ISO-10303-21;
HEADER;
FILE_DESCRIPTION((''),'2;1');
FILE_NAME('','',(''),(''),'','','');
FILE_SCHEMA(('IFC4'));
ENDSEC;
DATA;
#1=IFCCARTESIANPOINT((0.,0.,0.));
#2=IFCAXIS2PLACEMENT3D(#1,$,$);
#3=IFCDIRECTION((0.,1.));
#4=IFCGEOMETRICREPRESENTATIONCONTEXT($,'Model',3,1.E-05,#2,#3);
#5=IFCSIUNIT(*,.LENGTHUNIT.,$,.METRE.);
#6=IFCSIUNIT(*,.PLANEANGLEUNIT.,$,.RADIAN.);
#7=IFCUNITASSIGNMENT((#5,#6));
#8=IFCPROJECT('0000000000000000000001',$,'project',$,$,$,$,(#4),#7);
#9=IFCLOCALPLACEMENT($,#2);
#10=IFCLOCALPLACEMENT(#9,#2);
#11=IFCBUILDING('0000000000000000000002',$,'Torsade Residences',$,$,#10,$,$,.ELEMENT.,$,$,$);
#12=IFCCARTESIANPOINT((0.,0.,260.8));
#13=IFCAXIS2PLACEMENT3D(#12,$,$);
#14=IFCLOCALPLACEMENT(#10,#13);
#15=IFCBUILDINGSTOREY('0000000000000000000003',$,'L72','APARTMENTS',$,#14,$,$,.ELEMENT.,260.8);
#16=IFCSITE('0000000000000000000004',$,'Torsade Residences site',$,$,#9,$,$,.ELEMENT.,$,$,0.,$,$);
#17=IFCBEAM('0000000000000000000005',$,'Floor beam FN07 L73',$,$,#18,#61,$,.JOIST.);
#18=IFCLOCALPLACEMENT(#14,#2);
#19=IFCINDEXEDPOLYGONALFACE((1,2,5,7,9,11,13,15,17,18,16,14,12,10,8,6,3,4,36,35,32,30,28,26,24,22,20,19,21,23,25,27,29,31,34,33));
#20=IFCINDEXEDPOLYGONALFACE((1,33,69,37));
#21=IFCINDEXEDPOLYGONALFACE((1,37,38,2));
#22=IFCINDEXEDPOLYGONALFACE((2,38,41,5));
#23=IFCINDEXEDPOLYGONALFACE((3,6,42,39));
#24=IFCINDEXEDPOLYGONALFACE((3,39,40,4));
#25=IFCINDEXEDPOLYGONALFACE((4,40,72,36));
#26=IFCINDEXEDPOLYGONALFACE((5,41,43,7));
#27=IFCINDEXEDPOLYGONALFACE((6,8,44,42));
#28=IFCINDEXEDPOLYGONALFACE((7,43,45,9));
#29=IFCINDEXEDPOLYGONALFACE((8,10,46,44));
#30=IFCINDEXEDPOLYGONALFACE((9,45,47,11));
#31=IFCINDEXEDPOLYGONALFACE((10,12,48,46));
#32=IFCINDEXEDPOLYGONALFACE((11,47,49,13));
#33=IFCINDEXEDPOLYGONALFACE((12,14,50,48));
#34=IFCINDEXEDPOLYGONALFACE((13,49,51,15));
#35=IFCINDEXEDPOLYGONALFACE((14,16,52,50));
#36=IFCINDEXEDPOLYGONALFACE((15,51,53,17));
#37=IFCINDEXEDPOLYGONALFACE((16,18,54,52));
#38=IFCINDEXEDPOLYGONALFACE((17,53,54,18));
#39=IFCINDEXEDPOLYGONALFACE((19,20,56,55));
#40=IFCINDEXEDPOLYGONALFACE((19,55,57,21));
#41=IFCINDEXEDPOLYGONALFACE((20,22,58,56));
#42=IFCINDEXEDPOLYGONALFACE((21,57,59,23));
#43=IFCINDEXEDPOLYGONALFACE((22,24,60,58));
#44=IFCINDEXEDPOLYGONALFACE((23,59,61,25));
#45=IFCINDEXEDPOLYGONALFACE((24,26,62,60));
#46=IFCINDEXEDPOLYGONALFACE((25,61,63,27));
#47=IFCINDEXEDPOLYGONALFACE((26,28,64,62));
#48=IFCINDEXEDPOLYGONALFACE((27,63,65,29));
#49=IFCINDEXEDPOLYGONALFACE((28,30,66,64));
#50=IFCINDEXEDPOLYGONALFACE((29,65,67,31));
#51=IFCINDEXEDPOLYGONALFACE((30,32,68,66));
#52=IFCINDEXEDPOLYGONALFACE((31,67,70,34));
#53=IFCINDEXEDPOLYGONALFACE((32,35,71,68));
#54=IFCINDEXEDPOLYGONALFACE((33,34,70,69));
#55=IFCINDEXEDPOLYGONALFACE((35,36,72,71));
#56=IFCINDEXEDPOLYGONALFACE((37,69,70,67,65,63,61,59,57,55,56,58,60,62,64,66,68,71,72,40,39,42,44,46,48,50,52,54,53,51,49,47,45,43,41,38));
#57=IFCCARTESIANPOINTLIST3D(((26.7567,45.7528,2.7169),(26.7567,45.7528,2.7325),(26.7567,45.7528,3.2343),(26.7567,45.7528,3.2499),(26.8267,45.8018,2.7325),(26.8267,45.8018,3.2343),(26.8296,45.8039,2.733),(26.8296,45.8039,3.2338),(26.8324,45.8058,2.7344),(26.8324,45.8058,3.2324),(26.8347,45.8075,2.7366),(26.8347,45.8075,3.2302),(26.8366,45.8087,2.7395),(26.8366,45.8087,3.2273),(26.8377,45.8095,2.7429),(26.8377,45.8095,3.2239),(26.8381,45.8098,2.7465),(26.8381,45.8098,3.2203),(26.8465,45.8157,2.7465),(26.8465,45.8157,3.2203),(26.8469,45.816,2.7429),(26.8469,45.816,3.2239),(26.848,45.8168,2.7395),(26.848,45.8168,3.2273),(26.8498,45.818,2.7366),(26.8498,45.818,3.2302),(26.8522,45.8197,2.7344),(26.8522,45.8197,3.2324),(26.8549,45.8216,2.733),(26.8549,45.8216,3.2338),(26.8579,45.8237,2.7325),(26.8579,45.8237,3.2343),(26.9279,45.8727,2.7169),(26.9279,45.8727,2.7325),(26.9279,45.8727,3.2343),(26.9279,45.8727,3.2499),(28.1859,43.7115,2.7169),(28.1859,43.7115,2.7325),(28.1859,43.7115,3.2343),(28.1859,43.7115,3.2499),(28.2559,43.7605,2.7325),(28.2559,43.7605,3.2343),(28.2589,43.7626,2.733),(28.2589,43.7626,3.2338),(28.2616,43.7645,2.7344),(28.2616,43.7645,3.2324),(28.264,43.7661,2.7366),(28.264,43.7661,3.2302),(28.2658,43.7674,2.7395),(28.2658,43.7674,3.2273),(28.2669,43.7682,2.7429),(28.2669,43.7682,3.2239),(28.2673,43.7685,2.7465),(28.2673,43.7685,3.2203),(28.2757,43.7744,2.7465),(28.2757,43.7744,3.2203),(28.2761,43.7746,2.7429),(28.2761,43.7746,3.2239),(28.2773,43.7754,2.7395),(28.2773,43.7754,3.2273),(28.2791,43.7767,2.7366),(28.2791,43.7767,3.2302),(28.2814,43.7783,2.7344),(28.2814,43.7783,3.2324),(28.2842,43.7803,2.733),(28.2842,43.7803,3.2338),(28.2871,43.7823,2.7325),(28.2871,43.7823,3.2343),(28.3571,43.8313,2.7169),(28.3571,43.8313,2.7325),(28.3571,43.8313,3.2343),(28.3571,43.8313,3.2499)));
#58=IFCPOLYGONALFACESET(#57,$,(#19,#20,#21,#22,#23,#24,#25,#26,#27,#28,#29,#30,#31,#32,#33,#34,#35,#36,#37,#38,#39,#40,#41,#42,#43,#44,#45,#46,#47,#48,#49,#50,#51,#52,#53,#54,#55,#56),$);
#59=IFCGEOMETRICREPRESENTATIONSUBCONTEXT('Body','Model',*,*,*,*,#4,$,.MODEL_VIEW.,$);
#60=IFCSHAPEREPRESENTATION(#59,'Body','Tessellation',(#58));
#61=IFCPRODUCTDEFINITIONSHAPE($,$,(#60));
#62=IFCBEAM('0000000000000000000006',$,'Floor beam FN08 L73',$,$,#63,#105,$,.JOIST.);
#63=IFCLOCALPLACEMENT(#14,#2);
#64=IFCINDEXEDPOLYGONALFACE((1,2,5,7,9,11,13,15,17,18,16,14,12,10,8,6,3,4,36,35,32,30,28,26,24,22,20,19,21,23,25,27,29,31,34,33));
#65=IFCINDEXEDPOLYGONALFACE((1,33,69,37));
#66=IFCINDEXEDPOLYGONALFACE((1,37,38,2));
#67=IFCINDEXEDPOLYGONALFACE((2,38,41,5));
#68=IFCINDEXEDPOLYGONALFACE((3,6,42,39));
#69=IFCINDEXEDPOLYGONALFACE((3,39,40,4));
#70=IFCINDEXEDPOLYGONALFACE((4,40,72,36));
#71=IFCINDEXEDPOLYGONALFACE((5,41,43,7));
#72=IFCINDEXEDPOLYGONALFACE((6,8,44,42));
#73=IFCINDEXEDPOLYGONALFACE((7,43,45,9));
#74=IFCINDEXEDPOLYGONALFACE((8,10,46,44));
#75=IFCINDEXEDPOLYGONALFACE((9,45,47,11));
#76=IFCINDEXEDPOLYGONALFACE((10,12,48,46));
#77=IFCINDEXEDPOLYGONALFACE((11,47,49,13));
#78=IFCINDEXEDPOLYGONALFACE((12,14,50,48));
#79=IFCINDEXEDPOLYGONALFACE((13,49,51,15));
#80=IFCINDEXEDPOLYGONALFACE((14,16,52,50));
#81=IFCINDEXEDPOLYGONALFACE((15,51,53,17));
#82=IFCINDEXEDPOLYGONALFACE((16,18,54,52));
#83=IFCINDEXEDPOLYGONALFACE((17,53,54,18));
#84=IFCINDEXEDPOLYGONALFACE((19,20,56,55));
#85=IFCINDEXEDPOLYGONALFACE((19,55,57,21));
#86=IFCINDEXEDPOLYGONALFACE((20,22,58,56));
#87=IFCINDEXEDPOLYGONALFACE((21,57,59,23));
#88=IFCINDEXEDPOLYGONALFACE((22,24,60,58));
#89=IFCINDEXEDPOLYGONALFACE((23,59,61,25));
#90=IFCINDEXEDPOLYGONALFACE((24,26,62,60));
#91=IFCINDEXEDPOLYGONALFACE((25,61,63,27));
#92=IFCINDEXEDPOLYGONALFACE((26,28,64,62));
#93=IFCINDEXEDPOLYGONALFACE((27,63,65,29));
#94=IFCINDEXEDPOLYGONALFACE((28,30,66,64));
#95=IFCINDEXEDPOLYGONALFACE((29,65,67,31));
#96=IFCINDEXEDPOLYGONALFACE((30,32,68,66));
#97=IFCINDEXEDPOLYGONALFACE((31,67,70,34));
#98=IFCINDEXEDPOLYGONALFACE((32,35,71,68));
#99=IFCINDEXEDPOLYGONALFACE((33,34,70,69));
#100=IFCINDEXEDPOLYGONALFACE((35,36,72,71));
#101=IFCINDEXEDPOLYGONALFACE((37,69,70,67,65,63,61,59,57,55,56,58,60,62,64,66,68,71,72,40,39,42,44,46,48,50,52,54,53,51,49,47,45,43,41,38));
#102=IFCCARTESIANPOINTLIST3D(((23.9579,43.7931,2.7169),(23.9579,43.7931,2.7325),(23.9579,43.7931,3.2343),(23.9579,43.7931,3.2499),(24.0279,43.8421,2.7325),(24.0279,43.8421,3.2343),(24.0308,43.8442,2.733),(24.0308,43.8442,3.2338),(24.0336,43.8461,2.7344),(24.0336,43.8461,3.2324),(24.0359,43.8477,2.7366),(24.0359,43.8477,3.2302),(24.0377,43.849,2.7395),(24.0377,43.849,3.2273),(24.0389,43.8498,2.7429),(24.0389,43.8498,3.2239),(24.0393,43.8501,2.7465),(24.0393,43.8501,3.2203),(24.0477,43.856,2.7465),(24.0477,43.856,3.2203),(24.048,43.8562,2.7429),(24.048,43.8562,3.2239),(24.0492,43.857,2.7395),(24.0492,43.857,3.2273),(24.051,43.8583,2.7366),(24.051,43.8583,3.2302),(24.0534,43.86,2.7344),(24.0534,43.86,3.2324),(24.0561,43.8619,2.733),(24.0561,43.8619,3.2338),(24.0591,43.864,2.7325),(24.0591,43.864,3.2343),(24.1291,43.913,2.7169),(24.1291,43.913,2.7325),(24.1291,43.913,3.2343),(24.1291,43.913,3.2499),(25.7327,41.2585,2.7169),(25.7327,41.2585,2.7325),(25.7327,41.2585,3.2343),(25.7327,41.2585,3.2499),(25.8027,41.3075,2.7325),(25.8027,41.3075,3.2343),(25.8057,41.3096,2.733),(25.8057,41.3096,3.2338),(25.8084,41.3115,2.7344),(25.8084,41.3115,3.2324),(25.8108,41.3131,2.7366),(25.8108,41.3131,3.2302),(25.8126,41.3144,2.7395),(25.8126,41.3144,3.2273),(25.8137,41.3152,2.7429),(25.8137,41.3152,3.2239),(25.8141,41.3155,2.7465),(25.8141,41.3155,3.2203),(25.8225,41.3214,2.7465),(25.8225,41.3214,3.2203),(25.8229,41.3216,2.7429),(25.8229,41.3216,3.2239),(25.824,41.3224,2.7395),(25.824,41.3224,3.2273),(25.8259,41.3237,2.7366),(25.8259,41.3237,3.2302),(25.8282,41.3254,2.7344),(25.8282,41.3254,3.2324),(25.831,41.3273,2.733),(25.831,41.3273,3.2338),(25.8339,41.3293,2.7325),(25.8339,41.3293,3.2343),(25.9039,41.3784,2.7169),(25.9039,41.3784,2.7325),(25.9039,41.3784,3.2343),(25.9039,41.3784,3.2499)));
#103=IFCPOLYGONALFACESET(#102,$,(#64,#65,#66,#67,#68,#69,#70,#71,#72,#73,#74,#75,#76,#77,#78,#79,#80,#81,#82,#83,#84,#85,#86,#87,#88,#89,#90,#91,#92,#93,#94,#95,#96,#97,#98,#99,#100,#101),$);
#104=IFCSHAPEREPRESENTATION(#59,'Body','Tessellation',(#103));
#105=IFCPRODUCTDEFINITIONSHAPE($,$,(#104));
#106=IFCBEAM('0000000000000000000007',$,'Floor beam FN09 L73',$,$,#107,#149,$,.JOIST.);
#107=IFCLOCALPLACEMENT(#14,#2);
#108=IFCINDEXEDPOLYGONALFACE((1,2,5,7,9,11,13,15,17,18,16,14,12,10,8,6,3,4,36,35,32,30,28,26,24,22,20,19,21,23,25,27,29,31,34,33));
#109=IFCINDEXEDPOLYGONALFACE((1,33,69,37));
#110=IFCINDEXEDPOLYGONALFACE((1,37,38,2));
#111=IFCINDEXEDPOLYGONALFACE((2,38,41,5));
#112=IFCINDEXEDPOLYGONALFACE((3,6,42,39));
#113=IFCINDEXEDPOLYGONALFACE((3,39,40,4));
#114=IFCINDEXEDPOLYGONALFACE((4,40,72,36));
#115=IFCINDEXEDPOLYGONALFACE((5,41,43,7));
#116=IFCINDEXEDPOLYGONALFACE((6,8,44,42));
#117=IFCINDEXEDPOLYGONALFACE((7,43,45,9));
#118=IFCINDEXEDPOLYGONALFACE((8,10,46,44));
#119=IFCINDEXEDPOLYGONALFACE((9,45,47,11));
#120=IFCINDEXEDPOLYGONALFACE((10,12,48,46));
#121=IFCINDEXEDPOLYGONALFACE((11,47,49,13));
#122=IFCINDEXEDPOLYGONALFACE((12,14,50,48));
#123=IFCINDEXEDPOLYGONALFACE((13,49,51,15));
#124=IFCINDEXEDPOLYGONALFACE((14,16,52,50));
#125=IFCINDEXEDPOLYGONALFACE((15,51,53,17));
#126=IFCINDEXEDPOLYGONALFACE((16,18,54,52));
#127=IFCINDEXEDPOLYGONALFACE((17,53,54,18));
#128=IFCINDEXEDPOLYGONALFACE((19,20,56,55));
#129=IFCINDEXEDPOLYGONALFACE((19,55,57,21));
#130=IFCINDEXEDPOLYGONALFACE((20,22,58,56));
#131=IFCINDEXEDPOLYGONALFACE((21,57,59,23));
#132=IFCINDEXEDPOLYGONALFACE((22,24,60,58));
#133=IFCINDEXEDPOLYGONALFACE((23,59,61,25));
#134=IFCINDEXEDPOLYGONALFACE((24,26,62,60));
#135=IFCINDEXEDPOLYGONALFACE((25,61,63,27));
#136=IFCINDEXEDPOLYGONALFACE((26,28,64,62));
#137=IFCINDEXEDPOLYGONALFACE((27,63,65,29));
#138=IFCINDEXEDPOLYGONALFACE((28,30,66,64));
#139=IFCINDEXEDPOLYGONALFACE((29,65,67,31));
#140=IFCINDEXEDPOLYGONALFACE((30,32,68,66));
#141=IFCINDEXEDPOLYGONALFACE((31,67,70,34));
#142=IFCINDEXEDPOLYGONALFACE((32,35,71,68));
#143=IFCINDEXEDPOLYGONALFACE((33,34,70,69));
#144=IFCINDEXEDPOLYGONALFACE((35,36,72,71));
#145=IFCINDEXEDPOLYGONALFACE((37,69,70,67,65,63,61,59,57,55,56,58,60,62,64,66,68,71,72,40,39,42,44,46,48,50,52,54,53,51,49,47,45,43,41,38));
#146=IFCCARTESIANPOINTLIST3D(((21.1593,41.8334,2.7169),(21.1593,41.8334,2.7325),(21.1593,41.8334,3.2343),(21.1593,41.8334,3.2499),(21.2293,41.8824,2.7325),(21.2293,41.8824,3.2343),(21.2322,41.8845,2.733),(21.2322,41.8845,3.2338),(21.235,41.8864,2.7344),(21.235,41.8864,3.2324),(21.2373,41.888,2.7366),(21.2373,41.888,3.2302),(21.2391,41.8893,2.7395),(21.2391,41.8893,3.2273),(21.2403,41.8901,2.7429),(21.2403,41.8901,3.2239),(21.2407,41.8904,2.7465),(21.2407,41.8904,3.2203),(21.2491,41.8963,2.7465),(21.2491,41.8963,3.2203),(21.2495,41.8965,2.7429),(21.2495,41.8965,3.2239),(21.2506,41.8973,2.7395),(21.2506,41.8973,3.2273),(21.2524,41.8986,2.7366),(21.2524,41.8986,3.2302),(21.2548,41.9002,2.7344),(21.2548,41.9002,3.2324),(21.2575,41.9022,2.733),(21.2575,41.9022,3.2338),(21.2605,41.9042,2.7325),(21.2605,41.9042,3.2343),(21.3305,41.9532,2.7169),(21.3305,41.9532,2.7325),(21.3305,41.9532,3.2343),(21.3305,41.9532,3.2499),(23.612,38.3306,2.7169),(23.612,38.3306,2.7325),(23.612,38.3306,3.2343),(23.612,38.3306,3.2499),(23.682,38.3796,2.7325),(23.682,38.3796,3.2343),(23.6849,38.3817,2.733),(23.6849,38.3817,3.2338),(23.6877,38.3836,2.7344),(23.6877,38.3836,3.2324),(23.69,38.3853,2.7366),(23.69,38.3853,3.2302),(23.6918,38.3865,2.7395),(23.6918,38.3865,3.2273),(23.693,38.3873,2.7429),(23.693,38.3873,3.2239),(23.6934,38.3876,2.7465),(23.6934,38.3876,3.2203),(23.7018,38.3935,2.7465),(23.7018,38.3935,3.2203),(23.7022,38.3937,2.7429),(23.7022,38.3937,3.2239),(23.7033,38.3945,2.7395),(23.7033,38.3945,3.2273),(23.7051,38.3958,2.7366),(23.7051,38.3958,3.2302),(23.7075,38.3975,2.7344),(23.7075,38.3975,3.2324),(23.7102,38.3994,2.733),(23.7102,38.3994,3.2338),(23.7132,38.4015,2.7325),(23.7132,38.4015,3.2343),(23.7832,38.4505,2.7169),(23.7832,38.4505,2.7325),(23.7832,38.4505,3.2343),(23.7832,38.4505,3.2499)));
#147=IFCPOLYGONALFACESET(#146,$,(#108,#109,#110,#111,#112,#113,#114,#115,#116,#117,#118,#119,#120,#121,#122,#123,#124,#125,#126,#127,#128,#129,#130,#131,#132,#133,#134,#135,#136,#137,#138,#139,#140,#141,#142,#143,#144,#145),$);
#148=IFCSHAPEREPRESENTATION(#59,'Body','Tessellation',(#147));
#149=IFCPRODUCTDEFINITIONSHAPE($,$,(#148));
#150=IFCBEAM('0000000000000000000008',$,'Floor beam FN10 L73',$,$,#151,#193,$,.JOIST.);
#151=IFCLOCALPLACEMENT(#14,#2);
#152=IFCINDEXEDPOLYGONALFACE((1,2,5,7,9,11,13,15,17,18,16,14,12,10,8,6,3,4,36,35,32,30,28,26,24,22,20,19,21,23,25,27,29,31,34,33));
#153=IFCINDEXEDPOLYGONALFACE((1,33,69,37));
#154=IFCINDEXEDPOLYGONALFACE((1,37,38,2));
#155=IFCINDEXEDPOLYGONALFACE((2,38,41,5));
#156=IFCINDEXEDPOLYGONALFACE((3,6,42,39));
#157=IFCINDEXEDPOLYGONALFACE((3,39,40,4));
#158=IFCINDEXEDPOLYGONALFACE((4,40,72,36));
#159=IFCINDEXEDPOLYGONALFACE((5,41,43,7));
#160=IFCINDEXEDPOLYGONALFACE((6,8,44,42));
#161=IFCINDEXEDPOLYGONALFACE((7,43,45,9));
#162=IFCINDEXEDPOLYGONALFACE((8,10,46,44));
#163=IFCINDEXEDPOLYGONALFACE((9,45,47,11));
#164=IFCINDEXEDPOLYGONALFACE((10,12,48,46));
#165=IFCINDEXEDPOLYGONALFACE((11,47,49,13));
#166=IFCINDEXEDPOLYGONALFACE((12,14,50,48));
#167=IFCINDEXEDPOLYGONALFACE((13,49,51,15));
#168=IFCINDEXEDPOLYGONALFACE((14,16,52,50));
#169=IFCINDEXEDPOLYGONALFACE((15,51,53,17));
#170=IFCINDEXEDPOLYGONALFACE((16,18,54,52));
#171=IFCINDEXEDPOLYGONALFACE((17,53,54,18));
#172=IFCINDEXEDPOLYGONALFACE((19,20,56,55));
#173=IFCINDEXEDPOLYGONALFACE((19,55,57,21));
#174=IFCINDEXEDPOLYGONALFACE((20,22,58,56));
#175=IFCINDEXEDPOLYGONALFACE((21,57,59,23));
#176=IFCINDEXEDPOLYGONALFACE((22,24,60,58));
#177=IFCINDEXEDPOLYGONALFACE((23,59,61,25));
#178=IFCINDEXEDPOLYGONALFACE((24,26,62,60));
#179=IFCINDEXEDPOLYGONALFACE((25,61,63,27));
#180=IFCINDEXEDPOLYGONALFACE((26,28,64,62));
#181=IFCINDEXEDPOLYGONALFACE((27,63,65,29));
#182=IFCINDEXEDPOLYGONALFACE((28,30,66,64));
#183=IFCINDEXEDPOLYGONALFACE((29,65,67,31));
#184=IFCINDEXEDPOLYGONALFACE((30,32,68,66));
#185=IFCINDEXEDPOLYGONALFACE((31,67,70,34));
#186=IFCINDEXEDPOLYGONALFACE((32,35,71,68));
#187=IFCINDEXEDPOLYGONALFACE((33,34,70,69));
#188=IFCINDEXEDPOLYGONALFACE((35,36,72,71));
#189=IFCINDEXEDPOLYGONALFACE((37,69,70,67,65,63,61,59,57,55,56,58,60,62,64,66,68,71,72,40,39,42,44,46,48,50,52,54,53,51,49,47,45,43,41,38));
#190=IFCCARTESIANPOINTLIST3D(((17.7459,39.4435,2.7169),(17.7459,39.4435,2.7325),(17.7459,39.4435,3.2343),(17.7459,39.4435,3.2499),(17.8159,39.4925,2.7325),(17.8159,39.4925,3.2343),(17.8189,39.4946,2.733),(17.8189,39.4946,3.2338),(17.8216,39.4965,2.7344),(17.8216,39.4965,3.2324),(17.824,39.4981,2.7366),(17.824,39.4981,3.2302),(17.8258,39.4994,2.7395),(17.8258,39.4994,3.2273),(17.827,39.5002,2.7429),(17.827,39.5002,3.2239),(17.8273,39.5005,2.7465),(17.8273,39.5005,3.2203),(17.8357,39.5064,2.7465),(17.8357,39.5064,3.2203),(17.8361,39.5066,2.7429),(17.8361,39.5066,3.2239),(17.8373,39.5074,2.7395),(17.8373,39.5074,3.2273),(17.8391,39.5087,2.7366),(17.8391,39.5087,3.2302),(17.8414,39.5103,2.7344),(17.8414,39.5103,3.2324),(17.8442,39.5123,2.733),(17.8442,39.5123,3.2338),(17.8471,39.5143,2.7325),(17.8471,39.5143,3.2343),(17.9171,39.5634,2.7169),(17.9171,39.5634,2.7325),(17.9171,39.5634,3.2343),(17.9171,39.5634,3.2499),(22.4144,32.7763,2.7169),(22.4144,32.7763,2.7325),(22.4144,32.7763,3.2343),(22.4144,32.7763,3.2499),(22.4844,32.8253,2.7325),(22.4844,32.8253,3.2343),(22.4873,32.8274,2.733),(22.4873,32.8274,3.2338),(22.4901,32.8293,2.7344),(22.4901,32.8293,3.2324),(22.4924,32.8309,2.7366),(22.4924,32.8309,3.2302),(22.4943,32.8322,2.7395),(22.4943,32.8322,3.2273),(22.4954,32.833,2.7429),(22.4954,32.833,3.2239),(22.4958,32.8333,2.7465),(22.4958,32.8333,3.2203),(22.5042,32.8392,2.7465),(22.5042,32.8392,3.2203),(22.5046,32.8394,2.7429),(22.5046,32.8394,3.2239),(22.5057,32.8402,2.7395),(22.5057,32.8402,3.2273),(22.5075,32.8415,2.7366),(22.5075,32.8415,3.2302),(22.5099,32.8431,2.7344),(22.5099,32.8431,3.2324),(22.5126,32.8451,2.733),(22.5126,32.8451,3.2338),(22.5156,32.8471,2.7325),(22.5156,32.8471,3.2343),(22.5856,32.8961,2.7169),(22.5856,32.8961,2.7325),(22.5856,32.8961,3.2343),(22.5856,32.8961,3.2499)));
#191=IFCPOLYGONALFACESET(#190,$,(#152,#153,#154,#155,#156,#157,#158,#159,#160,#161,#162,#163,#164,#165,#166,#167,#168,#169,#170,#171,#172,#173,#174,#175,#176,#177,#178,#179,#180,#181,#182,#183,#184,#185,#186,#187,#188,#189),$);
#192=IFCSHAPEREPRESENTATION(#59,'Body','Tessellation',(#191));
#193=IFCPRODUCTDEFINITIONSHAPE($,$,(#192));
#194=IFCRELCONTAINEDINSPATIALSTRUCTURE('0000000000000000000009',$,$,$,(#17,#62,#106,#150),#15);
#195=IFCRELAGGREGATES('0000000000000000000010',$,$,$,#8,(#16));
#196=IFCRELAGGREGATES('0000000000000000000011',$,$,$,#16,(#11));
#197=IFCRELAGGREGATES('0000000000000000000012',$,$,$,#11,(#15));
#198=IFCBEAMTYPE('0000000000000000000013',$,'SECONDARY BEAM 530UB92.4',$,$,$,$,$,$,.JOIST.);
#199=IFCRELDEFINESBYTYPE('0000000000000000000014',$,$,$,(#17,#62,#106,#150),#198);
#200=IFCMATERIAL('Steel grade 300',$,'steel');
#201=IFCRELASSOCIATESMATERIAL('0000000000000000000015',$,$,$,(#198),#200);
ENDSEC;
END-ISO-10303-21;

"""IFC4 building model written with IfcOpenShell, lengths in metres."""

from ifc_helpers import new_model, si_unit, direction, frame, origin, origin_2d, place, context, subcontext, project, spatial, i_section, extrude, material, material_profile, profile_set, type_object, element, save


model = new_model("IFC4")

# Units and contexts
model_context = context("Model", 3, precision=1e-05, world=origin(), true_north=direction((0.0, 1.0)))
body_context = subcontext(model_context, "Body", "Model", "MODEL_VIEW")
ifc_project = project(units=[si_unit("LENGTHUNIT", "METRE"), si_unit("PLANEANGLEUNIT", "RADIAN")], contexts=[model_context])

# Site, building, storey
site_placement = place(None, origin())
site = spatial("IfcSite", under=ifc_project, at=site_placement, Name="Torsade Residences site", CompositionType="ELEMENT", RefElevation=0.0)
building_placement = place(site_placement, origin())
building = spatial("IfcBuilding", under=site, at=building_placement, Name="Torsade Residences", CompositionType="ELEMENT")
storey_placement = place(building_placement, frame((0.0, 0.0, 260.8)))
storey = spatial("IfcBuildingStorey", under=building, at=storey_placement, Name="L72", Description="APARTMENTS", CompositionType="ELEMENT", Elevation=260.8)

# Beams
ifc_material_1 = material(Name="Steel grade 300", Category="steel")
ifc_material_profile_1 = material_profile(ifc_material_1, i_section(OverallWidth=0.209, OverallDepth=0.533, WebThickness=0.0103, FlangeThickness=0.0156, FilletRadius=0.0139, at=origin_2d()), Name="530UB92.4")
ifc_profile_set_1 = profile_set([ifc_material_profile_1], Name="Steel grade 300")
beam_type_1 = type_object("IfcBeamType", Name="SECONDARY BEAM 530UB92.4", PredefinedType="JOIST", material=ifc_profile_set_1)
beam_1_placement = place(storey_placement, frame((26.8423, 45.8127, 2.9834), z_axis=(0.573548, -0.819172, 0.0), x_axis=(0.819172, 0.573548, 0.0)))
element("IfcBeam", 1, at=beam_1_placement, inside=storey, type_object=beam_type_1, Name="Floor beam FN07 L73", PredefinedType="JOIST", context=body_context, shape_type="SweptSolid", body=[
    extrude(i_section(OverallWidth=0.209, OverallDepth=0.533, WebThickness=0.0103, FlangeThickness=0.0156, FilletRadius=0.0139, at=origin_2d()), origin(), (0.0, 0.0, 1.0), 2.4919),
])
beam_2_placement = place(storey_placement, frame((24.0435, 43.853, 2.9834), z_axis=(0.5736, -0.819136, 0.0), x_axis=(0.819136, 0.5736, 0.0)))
element("IfcBeam", 2, at=beam_2_placement, inside=storey, type_object=beam_type_1, Name="Floor beam FN08 L73", PredefinedType="JOIST", context=body_context, shape_type="SweptSolid", body=[
    extrude(i_section(OverallWidth=0.209, OverallDepth=0.533, WebThickness=0.0103, FlangeThickness=0.0156, FilletRadius=0.0139, at=origin_2d()), origin(), (0.0, 0.0, 1.0), 3.0942),
])
beam_3_placement = place(storey_placement, frame((21.2449, 41.8933, 2.9834), z_axis=(0.573581, -0.819149, 0.0), x_axis=(0.819149, 0.573581, 0.0)))
element("IfcBeam", 3, at=beam_3_placement, inside=storey, type_object=beam_type_1, Name="Floor beam FN09 L73", PredefinedType="JOIST", context=body_context, shape_type="SweptSolid", body=[
    extrude(i_section(OverallWidth=0.209, OverallDepth=0.533, WebThickness=0.0103, FlangeThickness=0.0156, FilletRadius=0.0139, at=origin_2d()), origin(), (0.0, 0.0, 1.0), 4.2761),
])
beam_4_placement = place(storey_placement, frame((17.8315, 39.5034, 2.9834), z_axis=(0.573577, -0.819152, 0.0), x_axis=(0.819152, 0.573577, 0.0)))
element("IfcBeam", 4, at=beam_4_placement, inside=storey, type_object=beam_type_1, Name="Floor beam FN10 L73", PredefinedType="JOIST", context=body_context, shape_type="SweptSolid", body=[
    extrude(i_section(OverallWidth=0.209, OverallDepth=0.533, WebThickness=0.0103, FlangeThickness=0.0156, FilletRadius=0.0139, at=origin_2d()), origin(), (0.0, 0.0, 1.0), 8.1392),
])

save(model, "model.ifc")
